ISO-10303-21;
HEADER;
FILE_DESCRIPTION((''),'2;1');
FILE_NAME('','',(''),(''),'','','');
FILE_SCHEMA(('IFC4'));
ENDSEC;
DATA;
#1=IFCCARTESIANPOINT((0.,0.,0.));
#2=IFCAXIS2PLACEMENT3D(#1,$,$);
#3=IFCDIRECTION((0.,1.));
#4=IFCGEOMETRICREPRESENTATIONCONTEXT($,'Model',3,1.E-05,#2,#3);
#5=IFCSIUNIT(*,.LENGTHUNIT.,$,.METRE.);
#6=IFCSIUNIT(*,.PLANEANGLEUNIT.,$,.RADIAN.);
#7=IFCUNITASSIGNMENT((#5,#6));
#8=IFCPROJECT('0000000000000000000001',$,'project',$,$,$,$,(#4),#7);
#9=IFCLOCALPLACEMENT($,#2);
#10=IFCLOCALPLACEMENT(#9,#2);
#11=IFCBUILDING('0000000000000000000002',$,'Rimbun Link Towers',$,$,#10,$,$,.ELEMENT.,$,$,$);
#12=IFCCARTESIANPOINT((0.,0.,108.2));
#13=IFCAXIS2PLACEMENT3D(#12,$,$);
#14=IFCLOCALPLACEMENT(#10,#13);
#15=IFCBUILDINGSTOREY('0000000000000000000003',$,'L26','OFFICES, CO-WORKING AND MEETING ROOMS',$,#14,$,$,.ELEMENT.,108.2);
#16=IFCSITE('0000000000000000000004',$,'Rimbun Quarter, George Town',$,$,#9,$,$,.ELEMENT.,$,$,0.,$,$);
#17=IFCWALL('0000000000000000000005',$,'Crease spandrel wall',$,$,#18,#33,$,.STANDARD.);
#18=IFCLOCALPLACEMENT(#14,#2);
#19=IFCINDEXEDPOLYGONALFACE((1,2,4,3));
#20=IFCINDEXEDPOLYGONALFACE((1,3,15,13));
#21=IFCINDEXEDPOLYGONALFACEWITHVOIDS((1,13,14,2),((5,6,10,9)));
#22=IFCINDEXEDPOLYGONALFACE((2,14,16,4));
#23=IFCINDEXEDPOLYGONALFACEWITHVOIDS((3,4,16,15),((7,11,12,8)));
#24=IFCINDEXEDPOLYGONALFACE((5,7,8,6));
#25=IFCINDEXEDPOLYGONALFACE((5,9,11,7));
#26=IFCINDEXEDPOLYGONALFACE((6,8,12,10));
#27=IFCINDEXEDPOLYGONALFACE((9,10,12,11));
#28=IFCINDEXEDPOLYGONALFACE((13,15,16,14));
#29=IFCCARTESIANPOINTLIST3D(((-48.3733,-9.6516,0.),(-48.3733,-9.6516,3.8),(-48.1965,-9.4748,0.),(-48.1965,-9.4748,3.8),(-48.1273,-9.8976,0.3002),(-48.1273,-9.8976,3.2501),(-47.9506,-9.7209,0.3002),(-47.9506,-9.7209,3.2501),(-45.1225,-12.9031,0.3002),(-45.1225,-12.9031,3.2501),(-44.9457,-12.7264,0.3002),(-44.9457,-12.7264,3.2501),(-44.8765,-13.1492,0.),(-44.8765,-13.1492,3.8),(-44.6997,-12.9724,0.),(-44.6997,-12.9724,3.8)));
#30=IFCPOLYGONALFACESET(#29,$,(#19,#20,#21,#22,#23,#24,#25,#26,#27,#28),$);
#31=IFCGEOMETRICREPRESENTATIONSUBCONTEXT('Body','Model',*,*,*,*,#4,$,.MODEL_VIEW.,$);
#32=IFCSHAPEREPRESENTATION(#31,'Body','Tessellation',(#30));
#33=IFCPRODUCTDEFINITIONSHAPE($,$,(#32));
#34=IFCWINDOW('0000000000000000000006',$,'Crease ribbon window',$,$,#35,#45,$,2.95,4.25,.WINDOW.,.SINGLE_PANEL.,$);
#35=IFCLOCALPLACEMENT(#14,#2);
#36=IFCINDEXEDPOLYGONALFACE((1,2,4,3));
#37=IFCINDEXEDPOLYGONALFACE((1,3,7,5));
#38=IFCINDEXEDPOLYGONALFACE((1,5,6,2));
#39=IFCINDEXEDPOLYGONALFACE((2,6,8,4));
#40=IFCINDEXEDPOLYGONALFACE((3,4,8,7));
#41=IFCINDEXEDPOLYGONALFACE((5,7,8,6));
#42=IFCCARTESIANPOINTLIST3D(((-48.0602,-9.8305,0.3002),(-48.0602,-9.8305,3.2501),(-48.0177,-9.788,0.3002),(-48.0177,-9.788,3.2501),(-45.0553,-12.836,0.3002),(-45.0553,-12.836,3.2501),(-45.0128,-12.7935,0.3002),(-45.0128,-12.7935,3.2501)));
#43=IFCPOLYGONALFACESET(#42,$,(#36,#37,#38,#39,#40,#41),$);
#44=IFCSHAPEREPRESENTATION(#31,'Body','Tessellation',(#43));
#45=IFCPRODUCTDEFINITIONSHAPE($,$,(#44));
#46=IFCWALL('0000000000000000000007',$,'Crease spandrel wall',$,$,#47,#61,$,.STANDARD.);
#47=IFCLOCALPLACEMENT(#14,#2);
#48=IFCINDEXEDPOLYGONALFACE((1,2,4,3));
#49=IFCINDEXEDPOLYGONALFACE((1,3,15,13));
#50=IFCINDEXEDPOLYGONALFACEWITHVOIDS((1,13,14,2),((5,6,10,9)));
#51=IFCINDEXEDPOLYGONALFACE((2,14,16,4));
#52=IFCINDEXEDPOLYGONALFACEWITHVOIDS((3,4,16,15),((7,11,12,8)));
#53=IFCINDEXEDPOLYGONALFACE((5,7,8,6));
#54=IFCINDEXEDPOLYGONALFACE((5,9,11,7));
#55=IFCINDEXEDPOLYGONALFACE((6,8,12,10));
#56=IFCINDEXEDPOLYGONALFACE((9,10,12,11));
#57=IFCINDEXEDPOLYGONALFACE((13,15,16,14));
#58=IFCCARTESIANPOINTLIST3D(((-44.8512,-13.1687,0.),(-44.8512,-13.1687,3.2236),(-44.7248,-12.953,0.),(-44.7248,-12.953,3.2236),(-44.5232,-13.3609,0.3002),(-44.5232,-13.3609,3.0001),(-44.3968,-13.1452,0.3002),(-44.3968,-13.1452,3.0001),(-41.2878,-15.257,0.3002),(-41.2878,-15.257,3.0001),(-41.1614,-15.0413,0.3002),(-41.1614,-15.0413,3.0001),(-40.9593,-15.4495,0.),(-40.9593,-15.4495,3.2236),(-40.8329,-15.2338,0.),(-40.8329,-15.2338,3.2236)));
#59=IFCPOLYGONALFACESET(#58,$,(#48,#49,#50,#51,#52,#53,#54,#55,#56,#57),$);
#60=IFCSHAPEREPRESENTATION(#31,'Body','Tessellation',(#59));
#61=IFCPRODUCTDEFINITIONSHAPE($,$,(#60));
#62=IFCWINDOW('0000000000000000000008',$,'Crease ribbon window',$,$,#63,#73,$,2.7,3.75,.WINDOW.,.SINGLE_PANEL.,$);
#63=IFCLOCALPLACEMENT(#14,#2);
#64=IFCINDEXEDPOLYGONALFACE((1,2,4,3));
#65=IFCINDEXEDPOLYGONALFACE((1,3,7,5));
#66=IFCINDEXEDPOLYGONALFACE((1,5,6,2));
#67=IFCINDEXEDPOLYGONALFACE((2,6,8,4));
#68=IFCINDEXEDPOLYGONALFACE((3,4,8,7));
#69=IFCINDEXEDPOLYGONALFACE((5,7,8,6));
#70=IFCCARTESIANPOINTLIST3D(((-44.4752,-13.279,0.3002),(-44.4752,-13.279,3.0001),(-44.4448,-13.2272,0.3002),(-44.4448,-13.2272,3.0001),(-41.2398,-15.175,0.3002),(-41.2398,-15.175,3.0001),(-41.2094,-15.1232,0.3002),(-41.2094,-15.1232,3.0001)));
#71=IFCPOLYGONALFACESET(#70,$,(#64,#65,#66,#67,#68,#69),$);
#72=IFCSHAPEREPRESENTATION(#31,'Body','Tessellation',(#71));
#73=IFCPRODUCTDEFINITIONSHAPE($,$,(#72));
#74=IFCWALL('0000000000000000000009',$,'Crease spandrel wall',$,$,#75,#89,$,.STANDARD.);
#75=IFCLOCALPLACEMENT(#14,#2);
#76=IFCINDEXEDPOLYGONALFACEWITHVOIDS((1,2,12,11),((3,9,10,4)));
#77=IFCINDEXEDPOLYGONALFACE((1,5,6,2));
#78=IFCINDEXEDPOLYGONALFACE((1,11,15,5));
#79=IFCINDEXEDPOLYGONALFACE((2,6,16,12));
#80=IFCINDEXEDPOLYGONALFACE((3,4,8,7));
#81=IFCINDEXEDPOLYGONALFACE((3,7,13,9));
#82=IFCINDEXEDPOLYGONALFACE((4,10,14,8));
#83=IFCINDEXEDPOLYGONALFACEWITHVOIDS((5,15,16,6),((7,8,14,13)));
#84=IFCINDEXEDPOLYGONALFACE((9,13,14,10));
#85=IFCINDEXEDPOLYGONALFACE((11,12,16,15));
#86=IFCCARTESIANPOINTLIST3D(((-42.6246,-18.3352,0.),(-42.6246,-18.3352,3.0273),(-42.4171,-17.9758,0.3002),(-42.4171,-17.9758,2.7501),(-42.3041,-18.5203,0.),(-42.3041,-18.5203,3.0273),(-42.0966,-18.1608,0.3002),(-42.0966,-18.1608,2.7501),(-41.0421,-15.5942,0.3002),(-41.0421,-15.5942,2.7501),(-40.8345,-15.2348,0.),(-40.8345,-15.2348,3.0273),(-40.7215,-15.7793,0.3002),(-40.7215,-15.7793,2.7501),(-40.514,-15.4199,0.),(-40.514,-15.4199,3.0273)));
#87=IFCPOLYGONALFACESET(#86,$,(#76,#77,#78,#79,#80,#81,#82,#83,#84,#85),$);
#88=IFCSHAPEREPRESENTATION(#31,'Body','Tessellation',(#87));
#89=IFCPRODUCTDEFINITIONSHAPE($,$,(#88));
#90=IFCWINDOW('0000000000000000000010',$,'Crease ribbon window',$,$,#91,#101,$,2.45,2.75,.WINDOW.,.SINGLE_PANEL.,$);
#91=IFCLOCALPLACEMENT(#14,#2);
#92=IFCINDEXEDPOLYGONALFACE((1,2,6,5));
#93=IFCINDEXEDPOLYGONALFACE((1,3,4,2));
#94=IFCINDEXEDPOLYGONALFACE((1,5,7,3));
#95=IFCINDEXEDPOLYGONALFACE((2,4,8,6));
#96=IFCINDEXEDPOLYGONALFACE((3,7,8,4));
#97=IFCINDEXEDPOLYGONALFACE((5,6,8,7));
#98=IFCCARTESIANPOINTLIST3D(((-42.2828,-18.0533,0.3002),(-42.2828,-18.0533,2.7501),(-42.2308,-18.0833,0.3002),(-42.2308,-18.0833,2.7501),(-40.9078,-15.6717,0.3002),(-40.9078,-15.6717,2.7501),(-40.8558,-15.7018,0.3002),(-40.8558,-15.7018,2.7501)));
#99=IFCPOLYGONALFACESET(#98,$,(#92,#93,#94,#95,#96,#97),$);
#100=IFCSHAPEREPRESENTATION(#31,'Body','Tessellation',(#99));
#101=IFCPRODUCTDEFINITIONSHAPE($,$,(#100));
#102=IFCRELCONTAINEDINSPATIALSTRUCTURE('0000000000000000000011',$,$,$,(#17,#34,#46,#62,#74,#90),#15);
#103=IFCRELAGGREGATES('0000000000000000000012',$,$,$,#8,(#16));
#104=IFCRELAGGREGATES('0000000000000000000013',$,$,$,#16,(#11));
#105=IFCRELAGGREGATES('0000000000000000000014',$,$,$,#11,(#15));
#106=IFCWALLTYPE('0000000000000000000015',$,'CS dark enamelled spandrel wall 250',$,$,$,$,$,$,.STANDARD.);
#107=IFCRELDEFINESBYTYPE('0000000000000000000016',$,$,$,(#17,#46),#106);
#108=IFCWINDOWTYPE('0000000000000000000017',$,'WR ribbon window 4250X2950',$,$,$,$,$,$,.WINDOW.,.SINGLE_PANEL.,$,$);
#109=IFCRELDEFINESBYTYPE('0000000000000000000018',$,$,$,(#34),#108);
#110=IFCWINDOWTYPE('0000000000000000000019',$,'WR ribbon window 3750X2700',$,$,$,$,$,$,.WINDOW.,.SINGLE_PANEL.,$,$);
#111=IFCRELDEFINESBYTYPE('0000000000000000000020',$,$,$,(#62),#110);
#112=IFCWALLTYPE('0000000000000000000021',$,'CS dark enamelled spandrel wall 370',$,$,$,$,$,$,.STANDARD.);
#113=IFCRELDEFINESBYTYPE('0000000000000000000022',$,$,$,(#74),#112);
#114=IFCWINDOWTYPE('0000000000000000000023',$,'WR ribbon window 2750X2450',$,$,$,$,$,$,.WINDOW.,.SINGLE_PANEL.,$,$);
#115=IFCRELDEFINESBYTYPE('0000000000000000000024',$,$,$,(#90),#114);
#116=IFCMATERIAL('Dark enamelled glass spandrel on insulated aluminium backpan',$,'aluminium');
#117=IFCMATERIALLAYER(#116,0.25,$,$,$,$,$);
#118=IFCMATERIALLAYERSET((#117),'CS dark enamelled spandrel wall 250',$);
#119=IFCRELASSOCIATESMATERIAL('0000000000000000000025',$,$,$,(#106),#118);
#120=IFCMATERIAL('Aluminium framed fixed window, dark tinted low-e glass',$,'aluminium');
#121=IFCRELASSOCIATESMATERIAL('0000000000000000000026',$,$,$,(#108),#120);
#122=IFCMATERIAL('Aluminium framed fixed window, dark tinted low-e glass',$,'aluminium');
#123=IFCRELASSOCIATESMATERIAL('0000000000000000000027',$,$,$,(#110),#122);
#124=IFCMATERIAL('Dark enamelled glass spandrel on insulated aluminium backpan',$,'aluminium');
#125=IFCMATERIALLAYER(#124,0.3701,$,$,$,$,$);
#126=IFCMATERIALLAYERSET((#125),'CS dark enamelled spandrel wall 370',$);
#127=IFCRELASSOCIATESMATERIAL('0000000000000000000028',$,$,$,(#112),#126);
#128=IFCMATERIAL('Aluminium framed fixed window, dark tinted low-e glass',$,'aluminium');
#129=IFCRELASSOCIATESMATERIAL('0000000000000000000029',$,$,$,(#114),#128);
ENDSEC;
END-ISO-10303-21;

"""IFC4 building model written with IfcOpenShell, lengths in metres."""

from ifc_helpers import new_model, si_unit, direction, frame, frame_2d, origin, place, context, subcontext, project, spatial, rectangle, extrude, material, layer, layer_set, type_object, element, fill, save


model = new_model("IFC4")

# Units and contexts
model_context = context("Model", 3, precision=1e-05, world=origin(), true_north=direction((0.0, 1.0)))
body_context = subcontext(model_context, "Body", "Model", "MODEL_VIEW")
ifc_project = project(units=[si_unit("LENGTHUNIT", "METRE"), si_unit("PLANEANGLEUNIT", "RADIAN")], contexts=[model_context])

# Site, building, storey
site_placement = place(None, origin())
site = spatial("IfcSite", under=ifc_project, at=site_placement, Name="Rimbun Quarter, George Town", CompositionType="ELEMENT", RefElevation=0.0)
building_placement = place(site_placement, origin())
building = spatial("IfcBuilding", under=site, at=building_placement, Name="Rimbun Link Towers", CompositionType="ELEMENT")
storey_placement = place(building_placement, frame((0.0, 0.0, 108.2)))
storey = spatial("IfcBuildingStorey", under=building, at=storey_placement, Name="L26", Description="OFFICES, CO-WORKING AND MEETING ROOMS", CompositionType="ELEMENT", Elevation=108.2)

# Walls, openings, windows
ifc_material_1 = material(Name="Dark enamelled glass spandrel on insulated aluminium backpan", Category="aluminium")
ifc_layer_1 = layer(ifc_material_1, 0.25)
ifc_layer_set_1 = layer_set([ifc_layer_1], Name="CS dark enamelled spandrel wall 250")
wall_type_1 = type_object("IfcWallType", Name="CS dark enamelled spandrel wall 250", PredefinedType="STANDARD", material=ifc_layer_set_1)
ifc_material_2 = material(Name="Aluminium framed fixed window, dark tinted low-e glass", Category="aluminium")
window_type_1 = type_object("IfcWindowType", Name="WR ribbon window 4250X2950", PartitioningType="SINGLE_PANEL", PredefinedType="WINDOW", material=ifc_material_2)
wall_1_placement = place(storey_placement, frame((-44.7881, -13.0608, 0.0), z_axis=(0.0, 0.0, 1.0), x_axis=(-0.707033, 0.707181, 0.0)))
wall_1 = element("IfcWall", 1, at=wall_1_placement, inside=storey, type_object=wall_type_1, Name="Crease spandrel wall", PredefinedType="STANDARD", context=body_context, shape_type="SweptSolid", body=[
    extrude(rectangle(XDim=4.9458, YDim=0.25, at=frame_2d((2.4729, 0.0))), origin(), (0.0, 0.0, 1.0), 3.8),
])
opening_1_placement = place(wall_1_placement, frame((0.3479, 0.0, 0.3)))
opening_1 = element("IfcOpeningElement", 2, at=opening_1_placement, cuts=wall_1, PredefinedType="OPENING", context=body_context, shape_type="SweptSolid", body=[
    extrude(rectangle(XDim=4.25, YDim=2.95, at=frame_2d((2.125, 1.4751))), frame((0.0, 0.135, 0.0), z_axis=(0.0, -1.0, 0.0), x_axis=(1.0, 0.0, 0.0)), (0.0, 0.0, 1.0), 0.27),
])
window_1_placement = place(opening_1_placement, origin())
window_1 = element("IfcWindow", 3, at=window_1_placement, inside=storey, type_object=window_type_1, Name="Crease ribbon window", OverallHeight=2.95, OverallWidth=4.25, PartitioningType="SINGLE_PANEL", PredefinedType="WINDOW", context=body_context, shape_type="SweptSolid", body=[
    extrude(rectangle(XDim=4.25, YDim=2.95, at=frame_2d((2.125, 1.4751))), frame((0.0, 0.03, 0.0), z_axis=(0.0, -1.0, 0.0), x_axis=(1.0, 0.0, 0.0)), (0.0, 0.0, 1.0), 0.0601),
])
fill(opening_1, window_1)
wall_2_placement = place(storey_placement, frame((-40.8962, -15.3416, 0.0), z_axis=(0.0, 0.0, 1.0), x_axis=(-0.862762, 0.50561, 0.0)))
wall_2 = element("IfcWall", 4, at=wall_2_placement, inside=storey, type_object=wall_type_1, Name="Crease spandrel wall", PredefinedType="STANDARD", context=body_context, shape_type="SweptSolid", body=[
    extrude(rectangle(XDim=4.511, YDim=0.25, at=frame_2d((2.2554, 0.0))), origin(), (0.0, 0.0, 1.0), 3.2236),
])
opening_2_placement = place(wall_2_placement, frame((0.3806, 0.0, 0.3)))
opening_2 = element("IfcOpeningElement", 5, at=opening_2_placement, cuts=wall_2, PredefinedType="OPENING", context=body_context, shape_type="SweptSolid", body=[
    extrude(rectangle(XDim=3.75, YDim=2.7, at=frame_2d((1.875, 1.3501))), frame((0.0, 0.135, 0.0), z_axis=(0.0, -1.0, 0.0), x_axis=(1.0, 0.0, 0.0)), (0.0, 0.0, 1.0), 0.27),
])
ifc_material_3 = material(Name="Aluminium framed fixed window, dark tinted low-e glass", Category="aluminium")
window_type_2 = type_object("IfcWindowType", Name="WR ribbon window 3750X2700", PartitioningType="SINGLE_PANEL", PredefinedType="WINDOW", material=ifc_material_3)
window_2_placement = place(opening_2_placement, origin())
window_2 = element("IfcWindow", 6, at=window_2_placement, inside=storey, type_object=window_type_2, Name="Crease ribbon window", OverallHeight=2.7, OverallWidth=3.75, PartitioningType="SINGLE_PANEL", PredefinedType="WINDOW", context=body_context, shape_type="SweptSolid", body=[
    extrude(rectangle(XDim=3.75, YDim=2.7, at=frame_2d((1.875, 1.3501))), frame((0.0, 0.03, 0.0), z_axis=(0.0, -1.0, 0.0), x_axis=(1.0, 0.0, 0.0)), (0.0, 0.0, 1.0), 0.0601),
])
fill(opening_2, window_2)
ifc_material_4 = material(Name="Dark enamelled glass spandrel on insulated aluminium backpan", Category="aluminium")
ifc_layer_2 = layer(ifc_material_4, 0.3701)
ifc_layer_set_2 = layer_set([ifc_layer_2], Name="CS dark enamelled spandrel wall 370")
wall_type_2 = type_object("IfcWallType", Name="CS dark enamelled spandrel wall 370", PredefinedType="STANDARD", material=ifc_layer_set_2)
wall_3_placement = place(storey_placement, frame((-42.4644, -18.4277, 0.0), z_axis=(0.0, 0.0, 1.0), x_axis=(0.500012, 0.866019, 0.0)))
wall_3 = element("IfcWall", 7, at=wall_3_placement, inside=storey, type_object=wall_type_2, Name="Crease spandrel wall", PredefinedType="STANDARD", context=body_context, shape_type="SweptSolid", body=[
    extrude(rectangle(XDim=3.5801, YDim=0.3701, at=frame_2d((1.79, 0.0))), origin(), (0.0, 0.0, 1.0), 3.0273),
])
opening_3_placement = place(wall_3_placement, frame((0.415, 0.0, 0.3)))
opening_3 = element("IfcOpeningElement", 8, at=opening_3_placement, cuts=wall_3, PredefinedType="OPENING", context=body_context, shape_type="SweptSolid", body=[
    extrude(rectangle(XDim=2.75, YDim=2.45, at=frame_2d((1.375, 1.2251))), frame((0.0, 0.1951, 0.0), z_axis=(0.0, -1.0, 0.0), x_axis=(1.0, 0.0, 0.0)), (0.0, 0.0, 1.0), 0.3901),
])
ifc_material_5 = material(Name="Aluminium framed fixed window, dark tinted low-e glass", Category="aluminium")
window_type_3 = type_object("IfcWindowType", Name="WR ribbon window 2750X2450", PartitioningType="SINGLE_PANEL", PredefinedType="WINDOW", material=ifc_material_5)
window_3_placement = place(opening_3_placement, origin())
window_3 = element("IfcWindow", 9, at=window_3_placement, inside=storey, type_object=window_type_3, Name="Crease ribbon window", OverallHeight=2.45, OverallWidth=2.75, PartitioningType="SINGLE_PANEL", PredefinedType="WINDOW", context=body_context, shape_type="SweptSolid", body=[
    extrude(rectangle(XDim=2.75, YDim=2.45, at=frame_2d((1.375, 1.2251))), frame((0.0, 0.03, 0.0), z_axis=(0.0, -1.0, 0.0), x_axis=(1.0, 0.0, 0.0)), (0.0, 0.0, 1.0), 0.0601),
])
fill(opening_3, window_3)

save(model, "model.ifc")
